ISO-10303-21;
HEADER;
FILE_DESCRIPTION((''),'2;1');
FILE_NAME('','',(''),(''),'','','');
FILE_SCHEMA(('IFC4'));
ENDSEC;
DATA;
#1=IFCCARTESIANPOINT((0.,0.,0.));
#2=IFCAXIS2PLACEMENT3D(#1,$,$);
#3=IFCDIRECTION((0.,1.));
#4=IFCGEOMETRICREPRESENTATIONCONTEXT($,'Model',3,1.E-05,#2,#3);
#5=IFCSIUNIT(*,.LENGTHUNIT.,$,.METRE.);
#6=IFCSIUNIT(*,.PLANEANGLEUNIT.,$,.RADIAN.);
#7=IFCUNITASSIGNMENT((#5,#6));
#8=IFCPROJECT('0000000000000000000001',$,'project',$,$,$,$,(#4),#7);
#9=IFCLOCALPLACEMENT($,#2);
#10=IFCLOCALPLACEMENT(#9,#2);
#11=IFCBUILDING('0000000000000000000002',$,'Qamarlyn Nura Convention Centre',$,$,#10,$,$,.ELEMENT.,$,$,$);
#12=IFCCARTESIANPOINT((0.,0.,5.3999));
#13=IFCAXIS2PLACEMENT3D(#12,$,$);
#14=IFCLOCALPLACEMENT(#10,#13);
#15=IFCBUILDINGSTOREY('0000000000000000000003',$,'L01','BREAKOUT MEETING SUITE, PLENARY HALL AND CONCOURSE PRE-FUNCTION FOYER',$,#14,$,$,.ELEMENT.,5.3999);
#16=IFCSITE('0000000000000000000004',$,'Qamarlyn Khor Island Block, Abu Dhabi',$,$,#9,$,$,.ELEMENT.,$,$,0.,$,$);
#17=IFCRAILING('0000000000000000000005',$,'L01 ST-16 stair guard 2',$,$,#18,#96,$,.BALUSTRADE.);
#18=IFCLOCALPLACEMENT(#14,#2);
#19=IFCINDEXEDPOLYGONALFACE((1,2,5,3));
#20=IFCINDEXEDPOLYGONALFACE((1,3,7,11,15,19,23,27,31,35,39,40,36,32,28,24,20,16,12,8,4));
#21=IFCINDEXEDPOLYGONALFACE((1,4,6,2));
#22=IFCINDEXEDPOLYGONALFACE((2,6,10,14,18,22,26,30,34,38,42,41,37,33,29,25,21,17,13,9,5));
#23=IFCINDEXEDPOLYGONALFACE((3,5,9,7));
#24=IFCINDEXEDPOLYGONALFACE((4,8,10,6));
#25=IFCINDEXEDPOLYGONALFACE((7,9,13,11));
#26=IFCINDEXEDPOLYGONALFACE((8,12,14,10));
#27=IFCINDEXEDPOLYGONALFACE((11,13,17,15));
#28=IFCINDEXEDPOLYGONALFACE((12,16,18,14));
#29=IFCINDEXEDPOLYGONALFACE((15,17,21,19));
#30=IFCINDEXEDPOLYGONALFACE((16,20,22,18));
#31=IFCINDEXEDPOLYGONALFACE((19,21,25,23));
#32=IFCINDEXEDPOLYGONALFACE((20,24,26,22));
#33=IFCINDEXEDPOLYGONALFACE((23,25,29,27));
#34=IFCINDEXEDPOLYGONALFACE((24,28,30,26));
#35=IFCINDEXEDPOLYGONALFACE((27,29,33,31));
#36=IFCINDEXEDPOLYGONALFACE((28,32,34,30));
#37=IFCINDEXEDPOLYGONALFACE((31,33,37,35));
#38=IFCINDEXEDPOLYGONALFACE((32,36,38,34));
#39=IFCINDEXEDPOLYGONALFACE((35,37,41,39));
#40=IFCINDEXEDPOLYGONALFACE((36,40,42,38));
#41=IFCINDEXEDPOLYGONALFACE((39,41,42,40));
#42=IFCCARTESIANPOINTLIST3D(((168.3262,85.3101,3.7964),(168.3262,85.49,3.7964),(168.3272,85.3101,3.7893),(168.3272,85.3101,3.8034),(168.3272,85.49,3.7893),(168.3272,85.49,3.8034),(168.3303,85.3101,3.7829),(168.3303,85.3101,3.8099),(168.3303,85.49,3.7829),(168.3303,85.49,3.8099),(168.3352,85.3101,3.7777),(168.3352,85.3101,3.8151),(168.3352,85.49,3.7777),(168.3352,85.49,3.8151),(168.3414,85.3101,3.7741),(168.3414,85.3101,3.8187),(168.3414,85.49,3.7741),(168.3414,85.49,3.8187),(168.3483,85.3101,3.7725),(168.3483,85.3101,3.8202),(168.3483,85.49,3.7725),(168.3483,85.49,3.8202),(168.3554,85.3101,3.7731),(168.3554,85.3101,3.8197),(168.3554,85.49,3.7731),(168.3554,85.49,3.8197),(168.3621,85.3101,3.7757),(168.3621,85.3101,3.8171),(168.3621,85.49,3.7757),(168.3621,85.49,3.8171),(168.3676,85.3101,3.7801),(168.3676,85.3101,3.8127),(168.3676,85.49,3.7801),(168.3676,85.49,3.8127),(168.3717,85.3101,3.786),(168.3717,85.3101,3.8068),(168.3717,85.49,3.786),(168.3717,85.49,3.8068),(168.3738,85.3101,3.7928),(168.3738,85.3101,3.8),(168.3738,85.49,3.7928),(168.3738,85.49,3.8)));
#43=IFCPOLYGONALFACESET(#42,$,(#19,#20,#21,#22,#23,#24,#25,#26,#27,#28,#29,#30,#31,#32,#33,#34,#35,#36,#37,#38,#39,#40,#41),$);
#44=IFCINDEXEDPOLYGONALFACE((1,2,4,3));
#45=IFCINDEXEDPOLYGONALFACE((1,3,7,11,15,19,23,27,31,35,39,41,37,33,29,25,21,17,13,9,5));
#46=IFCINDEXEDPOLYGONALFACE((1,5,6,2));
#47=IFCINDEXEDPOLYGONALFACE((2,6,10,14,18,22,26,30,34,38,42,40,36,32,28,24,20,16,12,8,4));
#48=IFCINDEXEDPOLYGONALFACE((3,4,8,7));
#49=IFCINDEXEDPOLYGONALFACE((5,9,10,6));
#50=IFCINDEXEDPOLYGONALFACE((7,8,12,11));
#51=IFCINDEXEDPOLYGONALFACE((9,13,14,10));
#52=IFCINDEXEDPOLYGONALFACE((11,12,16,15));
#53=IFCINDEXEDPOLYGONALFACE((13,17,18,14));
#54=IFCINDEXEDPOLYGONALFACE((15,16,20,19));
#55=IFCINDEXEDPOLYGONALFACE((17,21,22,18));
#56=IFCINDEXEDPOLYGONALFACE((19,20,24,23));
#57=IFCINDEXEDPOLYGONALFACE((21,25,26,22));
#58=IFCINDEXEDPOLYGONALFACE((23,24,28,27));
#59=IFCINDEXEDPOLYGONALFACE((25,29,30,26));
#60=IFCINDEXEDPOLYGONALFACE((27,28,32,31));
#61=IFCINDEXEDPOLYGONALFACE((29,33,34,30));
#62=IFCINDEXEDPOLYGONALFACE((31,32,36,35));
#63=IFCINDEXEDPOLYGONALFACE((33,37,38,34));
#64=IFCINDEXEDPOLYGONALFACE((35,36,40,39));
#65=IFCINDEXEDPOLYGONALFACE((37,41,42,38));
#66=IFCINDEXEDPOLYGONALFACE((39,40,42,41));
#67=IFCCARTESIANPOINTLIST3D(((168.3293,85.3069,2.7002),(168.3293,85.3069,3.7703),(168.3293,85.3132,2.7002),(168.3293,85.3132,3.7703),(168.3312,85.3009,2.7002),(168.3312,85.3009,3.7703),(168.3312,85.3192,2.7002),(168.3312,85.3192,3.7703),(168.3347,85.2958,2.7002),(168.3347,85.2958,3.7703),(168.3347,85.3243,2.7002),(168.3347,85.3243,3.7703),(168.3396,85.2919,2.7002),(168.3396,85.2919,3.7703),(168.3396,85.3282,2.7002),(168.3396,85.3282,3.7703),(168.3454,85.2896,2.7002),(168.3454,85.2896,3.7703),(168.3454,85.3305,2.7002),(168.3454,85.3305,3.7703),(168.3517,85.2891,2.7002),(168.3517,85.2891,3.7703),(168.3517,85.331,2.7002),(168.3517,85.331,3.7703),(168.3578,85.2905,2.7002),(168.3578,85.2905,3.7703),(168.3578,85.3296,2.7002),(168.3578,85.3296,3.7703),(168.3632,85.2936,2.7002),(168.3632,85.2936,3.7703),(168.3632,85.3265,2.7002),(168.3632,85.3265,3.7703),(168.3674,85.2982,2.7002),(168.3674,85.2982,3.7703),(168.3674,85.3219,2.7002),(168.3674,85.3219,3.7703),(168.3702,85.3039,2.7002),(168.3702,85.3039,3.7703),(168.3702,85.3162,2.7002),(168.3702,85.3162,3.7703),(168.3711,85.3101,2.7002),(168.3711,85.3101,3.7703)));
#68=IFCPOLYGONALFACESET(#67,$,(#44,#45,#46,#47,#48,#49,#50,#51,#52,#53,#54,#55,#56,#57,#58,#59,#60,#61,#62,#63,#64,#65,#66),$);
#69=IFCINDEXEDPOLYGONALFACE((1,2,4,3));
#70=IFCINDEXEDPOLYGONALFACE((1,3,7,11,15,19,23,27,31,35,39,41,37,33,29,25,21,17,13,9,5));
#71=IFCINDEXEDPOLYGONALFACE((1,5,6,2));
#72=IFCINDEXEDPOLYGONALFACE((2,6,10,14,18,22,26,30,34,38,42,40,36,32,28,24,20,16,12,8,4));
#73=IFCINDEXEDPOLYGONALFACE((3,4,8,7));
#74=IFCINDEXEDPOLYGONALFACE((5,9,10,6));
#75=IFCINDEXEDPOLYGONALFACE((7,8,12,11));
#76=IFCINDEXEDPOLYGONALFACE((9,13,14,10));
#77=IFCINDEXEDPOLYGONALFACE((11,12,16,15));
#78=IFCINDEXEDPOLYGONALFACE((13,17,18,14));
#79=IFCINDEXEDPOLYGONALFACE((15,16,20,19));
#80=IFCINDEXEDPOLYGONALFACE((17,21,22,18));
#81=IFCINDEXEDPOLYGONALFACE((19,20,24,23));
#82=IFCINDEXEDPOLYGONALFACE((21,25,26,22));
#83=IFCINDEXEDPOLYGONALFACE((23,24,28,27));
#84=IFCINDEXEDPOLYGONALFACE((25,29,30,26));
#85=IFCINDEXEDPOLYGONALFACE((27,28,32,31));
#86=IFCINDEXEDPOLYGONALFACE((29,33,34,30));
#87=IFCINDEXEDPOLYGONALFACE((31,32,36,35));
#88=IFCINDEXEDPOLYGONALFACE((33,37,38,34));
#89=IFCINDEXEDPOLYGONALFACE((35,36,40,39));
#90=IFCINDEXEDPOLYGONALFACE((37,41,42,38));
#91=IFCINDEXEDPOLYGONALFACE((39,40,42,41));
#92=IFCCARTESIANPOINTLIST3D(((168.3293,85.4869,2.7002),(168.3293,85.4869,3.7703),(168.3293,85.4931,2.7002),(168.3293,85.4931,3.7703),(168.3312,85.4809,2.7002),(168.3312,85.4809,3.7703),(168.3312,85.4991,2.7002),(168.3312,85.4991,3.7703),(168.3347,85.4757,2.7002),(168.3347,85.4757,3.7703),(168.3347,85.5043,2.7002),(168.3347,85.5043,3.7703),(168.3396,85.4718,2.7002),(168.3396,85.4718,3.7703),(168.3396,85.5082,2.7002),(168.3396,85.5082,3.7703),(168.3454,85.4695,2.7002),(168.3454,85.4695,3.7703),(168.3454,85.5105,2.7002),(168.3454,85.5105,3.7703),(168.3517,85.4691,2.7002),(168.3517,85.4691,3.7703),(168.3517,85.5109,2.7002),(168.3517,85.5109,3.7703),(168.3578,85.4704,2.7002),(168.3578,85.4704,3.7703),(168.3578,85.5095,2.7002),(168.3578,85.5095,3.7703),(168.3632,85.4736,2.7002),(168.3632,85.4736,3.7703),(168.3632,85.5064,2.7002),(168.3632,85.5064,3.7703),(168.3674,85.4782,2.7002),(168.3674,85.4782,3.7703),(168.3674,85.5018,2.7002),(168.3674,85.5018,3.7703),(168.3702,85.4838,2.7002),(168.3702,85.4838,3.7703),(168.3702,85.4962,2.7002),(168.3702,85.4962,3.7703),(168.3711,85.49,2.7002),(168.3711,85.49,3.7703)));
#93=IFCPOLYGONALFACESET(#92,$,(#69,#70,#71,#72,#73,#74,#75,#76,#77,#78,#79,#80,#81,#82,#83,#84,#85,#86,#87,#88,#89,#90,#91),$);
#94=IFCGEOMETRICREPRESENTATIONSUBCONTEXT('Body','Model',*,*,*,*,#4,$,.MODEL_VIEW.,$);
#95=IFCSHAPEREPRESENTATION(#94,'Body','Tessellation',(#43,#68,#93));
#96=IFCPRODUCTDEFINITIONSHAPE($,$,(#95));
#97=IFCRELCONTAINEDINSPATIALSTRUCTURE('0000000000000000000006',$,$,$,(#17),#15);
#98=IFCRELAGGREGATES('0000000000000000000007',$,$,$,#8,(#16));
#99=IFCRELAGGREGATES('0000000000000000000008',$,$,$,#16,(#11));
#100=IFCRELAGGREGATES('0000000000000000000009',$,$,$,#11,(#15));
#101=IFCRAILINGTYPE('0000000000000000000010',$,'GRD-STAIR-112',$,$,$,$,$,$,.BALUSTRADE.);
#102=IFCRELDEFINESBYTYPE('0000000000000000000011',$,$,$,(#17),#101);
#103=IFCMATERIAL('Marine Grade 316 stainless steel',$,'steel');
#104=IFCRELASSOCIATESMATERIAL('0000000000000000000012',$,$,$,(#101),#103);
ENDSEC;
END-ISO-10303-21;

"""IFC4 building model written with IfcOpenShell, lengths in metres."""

from ifc_helpers import new_model, si_unit, direction, frame, origin, origin_2d, place, context, subcontext, project, spatial, circle, extrude, material, type_object, element, save


model = new_model("IFC4")

# Units and contexts
model_context = context("Model", 3, precision=1e-05, world=origin(), true_north=direction((0.0, 1.0)))
body_context = subcontext(model_context, "Body", "Model", "MODEL_VIEW")
ifc_project = project(units=[si_unit("LENGTHUNIT", "METRE"), si_unit("PLANEANGLEUNIT", "RADIAN")], contexts=[model_context])

# Site, building, storey
site_placement = place(None, origin())
site = spatial("IfcSite", under=ifc_project, at=site_placement, Name="Qamarlyn Khor Island Block, Abu Dhabi", CompositionType="ELEMENT", RefElevation=0.0)
building_placement = place(site_placement, origin())
building = spatial("IfcBuilding", under=site, at=building_placement, Name="Qamarlyn Nura Convention Centre", CompositionType="ELEMENT")
storey_placement = place(building_placement, frame((0.0, 0.0, 5.3999)))
storey = spatial("IfcBuildingStorey", under=building, at=storey_placement, Name="L01", Description="BREAKOUT MEETING SUITE, PLENARY HALL AND CONCOURSE PRE-FUNCTION FOYER", CompositionType="ELEMENT", Elevation=5.3999)

# Railing
ifc_material_1 = material(Name="Marine Grade 316 stainless steel", Category="steel")
railing_type_1 = type_object("IfcRailingType", Name="GRD-STAIR-112", PredefinedType="BALUSTRADE", material=ifc_material_1)
railing_1_placement = place(storey_placement, frame((168.3501, 85.3101, 2.7002)))
element("IfcRailing", 1, at=railing_1_placement, inside=storey, type_object=railing_type_1, Name="L01 ST-16 stair guard 2", PredefinedType="BALUSTRADE", context=body_context, shape_type="SweptSolid", body=[
    extrude(circle(Radius=0.0239, at=origin_2d()), frame((0.0, 0.0, 1.0962), z_axis=(0.0, 1.0, 0.0), x_axis=(-1.0, 0.0, 0.0)), (0.0, 0.0, 1.0), 0.1799),
    extrude(circle(Radius=0.021, at=origin_2d()), origin(), (0.0, 0.0, 1.0), 1.0701),
    extrude(circle(Radius=0.021, at=origin_2d()), frame((0.0, 0.1799, 0.0)), (0.0, 0.0, 1.0), 1.0701),
])

save(model, "model.ifc")
